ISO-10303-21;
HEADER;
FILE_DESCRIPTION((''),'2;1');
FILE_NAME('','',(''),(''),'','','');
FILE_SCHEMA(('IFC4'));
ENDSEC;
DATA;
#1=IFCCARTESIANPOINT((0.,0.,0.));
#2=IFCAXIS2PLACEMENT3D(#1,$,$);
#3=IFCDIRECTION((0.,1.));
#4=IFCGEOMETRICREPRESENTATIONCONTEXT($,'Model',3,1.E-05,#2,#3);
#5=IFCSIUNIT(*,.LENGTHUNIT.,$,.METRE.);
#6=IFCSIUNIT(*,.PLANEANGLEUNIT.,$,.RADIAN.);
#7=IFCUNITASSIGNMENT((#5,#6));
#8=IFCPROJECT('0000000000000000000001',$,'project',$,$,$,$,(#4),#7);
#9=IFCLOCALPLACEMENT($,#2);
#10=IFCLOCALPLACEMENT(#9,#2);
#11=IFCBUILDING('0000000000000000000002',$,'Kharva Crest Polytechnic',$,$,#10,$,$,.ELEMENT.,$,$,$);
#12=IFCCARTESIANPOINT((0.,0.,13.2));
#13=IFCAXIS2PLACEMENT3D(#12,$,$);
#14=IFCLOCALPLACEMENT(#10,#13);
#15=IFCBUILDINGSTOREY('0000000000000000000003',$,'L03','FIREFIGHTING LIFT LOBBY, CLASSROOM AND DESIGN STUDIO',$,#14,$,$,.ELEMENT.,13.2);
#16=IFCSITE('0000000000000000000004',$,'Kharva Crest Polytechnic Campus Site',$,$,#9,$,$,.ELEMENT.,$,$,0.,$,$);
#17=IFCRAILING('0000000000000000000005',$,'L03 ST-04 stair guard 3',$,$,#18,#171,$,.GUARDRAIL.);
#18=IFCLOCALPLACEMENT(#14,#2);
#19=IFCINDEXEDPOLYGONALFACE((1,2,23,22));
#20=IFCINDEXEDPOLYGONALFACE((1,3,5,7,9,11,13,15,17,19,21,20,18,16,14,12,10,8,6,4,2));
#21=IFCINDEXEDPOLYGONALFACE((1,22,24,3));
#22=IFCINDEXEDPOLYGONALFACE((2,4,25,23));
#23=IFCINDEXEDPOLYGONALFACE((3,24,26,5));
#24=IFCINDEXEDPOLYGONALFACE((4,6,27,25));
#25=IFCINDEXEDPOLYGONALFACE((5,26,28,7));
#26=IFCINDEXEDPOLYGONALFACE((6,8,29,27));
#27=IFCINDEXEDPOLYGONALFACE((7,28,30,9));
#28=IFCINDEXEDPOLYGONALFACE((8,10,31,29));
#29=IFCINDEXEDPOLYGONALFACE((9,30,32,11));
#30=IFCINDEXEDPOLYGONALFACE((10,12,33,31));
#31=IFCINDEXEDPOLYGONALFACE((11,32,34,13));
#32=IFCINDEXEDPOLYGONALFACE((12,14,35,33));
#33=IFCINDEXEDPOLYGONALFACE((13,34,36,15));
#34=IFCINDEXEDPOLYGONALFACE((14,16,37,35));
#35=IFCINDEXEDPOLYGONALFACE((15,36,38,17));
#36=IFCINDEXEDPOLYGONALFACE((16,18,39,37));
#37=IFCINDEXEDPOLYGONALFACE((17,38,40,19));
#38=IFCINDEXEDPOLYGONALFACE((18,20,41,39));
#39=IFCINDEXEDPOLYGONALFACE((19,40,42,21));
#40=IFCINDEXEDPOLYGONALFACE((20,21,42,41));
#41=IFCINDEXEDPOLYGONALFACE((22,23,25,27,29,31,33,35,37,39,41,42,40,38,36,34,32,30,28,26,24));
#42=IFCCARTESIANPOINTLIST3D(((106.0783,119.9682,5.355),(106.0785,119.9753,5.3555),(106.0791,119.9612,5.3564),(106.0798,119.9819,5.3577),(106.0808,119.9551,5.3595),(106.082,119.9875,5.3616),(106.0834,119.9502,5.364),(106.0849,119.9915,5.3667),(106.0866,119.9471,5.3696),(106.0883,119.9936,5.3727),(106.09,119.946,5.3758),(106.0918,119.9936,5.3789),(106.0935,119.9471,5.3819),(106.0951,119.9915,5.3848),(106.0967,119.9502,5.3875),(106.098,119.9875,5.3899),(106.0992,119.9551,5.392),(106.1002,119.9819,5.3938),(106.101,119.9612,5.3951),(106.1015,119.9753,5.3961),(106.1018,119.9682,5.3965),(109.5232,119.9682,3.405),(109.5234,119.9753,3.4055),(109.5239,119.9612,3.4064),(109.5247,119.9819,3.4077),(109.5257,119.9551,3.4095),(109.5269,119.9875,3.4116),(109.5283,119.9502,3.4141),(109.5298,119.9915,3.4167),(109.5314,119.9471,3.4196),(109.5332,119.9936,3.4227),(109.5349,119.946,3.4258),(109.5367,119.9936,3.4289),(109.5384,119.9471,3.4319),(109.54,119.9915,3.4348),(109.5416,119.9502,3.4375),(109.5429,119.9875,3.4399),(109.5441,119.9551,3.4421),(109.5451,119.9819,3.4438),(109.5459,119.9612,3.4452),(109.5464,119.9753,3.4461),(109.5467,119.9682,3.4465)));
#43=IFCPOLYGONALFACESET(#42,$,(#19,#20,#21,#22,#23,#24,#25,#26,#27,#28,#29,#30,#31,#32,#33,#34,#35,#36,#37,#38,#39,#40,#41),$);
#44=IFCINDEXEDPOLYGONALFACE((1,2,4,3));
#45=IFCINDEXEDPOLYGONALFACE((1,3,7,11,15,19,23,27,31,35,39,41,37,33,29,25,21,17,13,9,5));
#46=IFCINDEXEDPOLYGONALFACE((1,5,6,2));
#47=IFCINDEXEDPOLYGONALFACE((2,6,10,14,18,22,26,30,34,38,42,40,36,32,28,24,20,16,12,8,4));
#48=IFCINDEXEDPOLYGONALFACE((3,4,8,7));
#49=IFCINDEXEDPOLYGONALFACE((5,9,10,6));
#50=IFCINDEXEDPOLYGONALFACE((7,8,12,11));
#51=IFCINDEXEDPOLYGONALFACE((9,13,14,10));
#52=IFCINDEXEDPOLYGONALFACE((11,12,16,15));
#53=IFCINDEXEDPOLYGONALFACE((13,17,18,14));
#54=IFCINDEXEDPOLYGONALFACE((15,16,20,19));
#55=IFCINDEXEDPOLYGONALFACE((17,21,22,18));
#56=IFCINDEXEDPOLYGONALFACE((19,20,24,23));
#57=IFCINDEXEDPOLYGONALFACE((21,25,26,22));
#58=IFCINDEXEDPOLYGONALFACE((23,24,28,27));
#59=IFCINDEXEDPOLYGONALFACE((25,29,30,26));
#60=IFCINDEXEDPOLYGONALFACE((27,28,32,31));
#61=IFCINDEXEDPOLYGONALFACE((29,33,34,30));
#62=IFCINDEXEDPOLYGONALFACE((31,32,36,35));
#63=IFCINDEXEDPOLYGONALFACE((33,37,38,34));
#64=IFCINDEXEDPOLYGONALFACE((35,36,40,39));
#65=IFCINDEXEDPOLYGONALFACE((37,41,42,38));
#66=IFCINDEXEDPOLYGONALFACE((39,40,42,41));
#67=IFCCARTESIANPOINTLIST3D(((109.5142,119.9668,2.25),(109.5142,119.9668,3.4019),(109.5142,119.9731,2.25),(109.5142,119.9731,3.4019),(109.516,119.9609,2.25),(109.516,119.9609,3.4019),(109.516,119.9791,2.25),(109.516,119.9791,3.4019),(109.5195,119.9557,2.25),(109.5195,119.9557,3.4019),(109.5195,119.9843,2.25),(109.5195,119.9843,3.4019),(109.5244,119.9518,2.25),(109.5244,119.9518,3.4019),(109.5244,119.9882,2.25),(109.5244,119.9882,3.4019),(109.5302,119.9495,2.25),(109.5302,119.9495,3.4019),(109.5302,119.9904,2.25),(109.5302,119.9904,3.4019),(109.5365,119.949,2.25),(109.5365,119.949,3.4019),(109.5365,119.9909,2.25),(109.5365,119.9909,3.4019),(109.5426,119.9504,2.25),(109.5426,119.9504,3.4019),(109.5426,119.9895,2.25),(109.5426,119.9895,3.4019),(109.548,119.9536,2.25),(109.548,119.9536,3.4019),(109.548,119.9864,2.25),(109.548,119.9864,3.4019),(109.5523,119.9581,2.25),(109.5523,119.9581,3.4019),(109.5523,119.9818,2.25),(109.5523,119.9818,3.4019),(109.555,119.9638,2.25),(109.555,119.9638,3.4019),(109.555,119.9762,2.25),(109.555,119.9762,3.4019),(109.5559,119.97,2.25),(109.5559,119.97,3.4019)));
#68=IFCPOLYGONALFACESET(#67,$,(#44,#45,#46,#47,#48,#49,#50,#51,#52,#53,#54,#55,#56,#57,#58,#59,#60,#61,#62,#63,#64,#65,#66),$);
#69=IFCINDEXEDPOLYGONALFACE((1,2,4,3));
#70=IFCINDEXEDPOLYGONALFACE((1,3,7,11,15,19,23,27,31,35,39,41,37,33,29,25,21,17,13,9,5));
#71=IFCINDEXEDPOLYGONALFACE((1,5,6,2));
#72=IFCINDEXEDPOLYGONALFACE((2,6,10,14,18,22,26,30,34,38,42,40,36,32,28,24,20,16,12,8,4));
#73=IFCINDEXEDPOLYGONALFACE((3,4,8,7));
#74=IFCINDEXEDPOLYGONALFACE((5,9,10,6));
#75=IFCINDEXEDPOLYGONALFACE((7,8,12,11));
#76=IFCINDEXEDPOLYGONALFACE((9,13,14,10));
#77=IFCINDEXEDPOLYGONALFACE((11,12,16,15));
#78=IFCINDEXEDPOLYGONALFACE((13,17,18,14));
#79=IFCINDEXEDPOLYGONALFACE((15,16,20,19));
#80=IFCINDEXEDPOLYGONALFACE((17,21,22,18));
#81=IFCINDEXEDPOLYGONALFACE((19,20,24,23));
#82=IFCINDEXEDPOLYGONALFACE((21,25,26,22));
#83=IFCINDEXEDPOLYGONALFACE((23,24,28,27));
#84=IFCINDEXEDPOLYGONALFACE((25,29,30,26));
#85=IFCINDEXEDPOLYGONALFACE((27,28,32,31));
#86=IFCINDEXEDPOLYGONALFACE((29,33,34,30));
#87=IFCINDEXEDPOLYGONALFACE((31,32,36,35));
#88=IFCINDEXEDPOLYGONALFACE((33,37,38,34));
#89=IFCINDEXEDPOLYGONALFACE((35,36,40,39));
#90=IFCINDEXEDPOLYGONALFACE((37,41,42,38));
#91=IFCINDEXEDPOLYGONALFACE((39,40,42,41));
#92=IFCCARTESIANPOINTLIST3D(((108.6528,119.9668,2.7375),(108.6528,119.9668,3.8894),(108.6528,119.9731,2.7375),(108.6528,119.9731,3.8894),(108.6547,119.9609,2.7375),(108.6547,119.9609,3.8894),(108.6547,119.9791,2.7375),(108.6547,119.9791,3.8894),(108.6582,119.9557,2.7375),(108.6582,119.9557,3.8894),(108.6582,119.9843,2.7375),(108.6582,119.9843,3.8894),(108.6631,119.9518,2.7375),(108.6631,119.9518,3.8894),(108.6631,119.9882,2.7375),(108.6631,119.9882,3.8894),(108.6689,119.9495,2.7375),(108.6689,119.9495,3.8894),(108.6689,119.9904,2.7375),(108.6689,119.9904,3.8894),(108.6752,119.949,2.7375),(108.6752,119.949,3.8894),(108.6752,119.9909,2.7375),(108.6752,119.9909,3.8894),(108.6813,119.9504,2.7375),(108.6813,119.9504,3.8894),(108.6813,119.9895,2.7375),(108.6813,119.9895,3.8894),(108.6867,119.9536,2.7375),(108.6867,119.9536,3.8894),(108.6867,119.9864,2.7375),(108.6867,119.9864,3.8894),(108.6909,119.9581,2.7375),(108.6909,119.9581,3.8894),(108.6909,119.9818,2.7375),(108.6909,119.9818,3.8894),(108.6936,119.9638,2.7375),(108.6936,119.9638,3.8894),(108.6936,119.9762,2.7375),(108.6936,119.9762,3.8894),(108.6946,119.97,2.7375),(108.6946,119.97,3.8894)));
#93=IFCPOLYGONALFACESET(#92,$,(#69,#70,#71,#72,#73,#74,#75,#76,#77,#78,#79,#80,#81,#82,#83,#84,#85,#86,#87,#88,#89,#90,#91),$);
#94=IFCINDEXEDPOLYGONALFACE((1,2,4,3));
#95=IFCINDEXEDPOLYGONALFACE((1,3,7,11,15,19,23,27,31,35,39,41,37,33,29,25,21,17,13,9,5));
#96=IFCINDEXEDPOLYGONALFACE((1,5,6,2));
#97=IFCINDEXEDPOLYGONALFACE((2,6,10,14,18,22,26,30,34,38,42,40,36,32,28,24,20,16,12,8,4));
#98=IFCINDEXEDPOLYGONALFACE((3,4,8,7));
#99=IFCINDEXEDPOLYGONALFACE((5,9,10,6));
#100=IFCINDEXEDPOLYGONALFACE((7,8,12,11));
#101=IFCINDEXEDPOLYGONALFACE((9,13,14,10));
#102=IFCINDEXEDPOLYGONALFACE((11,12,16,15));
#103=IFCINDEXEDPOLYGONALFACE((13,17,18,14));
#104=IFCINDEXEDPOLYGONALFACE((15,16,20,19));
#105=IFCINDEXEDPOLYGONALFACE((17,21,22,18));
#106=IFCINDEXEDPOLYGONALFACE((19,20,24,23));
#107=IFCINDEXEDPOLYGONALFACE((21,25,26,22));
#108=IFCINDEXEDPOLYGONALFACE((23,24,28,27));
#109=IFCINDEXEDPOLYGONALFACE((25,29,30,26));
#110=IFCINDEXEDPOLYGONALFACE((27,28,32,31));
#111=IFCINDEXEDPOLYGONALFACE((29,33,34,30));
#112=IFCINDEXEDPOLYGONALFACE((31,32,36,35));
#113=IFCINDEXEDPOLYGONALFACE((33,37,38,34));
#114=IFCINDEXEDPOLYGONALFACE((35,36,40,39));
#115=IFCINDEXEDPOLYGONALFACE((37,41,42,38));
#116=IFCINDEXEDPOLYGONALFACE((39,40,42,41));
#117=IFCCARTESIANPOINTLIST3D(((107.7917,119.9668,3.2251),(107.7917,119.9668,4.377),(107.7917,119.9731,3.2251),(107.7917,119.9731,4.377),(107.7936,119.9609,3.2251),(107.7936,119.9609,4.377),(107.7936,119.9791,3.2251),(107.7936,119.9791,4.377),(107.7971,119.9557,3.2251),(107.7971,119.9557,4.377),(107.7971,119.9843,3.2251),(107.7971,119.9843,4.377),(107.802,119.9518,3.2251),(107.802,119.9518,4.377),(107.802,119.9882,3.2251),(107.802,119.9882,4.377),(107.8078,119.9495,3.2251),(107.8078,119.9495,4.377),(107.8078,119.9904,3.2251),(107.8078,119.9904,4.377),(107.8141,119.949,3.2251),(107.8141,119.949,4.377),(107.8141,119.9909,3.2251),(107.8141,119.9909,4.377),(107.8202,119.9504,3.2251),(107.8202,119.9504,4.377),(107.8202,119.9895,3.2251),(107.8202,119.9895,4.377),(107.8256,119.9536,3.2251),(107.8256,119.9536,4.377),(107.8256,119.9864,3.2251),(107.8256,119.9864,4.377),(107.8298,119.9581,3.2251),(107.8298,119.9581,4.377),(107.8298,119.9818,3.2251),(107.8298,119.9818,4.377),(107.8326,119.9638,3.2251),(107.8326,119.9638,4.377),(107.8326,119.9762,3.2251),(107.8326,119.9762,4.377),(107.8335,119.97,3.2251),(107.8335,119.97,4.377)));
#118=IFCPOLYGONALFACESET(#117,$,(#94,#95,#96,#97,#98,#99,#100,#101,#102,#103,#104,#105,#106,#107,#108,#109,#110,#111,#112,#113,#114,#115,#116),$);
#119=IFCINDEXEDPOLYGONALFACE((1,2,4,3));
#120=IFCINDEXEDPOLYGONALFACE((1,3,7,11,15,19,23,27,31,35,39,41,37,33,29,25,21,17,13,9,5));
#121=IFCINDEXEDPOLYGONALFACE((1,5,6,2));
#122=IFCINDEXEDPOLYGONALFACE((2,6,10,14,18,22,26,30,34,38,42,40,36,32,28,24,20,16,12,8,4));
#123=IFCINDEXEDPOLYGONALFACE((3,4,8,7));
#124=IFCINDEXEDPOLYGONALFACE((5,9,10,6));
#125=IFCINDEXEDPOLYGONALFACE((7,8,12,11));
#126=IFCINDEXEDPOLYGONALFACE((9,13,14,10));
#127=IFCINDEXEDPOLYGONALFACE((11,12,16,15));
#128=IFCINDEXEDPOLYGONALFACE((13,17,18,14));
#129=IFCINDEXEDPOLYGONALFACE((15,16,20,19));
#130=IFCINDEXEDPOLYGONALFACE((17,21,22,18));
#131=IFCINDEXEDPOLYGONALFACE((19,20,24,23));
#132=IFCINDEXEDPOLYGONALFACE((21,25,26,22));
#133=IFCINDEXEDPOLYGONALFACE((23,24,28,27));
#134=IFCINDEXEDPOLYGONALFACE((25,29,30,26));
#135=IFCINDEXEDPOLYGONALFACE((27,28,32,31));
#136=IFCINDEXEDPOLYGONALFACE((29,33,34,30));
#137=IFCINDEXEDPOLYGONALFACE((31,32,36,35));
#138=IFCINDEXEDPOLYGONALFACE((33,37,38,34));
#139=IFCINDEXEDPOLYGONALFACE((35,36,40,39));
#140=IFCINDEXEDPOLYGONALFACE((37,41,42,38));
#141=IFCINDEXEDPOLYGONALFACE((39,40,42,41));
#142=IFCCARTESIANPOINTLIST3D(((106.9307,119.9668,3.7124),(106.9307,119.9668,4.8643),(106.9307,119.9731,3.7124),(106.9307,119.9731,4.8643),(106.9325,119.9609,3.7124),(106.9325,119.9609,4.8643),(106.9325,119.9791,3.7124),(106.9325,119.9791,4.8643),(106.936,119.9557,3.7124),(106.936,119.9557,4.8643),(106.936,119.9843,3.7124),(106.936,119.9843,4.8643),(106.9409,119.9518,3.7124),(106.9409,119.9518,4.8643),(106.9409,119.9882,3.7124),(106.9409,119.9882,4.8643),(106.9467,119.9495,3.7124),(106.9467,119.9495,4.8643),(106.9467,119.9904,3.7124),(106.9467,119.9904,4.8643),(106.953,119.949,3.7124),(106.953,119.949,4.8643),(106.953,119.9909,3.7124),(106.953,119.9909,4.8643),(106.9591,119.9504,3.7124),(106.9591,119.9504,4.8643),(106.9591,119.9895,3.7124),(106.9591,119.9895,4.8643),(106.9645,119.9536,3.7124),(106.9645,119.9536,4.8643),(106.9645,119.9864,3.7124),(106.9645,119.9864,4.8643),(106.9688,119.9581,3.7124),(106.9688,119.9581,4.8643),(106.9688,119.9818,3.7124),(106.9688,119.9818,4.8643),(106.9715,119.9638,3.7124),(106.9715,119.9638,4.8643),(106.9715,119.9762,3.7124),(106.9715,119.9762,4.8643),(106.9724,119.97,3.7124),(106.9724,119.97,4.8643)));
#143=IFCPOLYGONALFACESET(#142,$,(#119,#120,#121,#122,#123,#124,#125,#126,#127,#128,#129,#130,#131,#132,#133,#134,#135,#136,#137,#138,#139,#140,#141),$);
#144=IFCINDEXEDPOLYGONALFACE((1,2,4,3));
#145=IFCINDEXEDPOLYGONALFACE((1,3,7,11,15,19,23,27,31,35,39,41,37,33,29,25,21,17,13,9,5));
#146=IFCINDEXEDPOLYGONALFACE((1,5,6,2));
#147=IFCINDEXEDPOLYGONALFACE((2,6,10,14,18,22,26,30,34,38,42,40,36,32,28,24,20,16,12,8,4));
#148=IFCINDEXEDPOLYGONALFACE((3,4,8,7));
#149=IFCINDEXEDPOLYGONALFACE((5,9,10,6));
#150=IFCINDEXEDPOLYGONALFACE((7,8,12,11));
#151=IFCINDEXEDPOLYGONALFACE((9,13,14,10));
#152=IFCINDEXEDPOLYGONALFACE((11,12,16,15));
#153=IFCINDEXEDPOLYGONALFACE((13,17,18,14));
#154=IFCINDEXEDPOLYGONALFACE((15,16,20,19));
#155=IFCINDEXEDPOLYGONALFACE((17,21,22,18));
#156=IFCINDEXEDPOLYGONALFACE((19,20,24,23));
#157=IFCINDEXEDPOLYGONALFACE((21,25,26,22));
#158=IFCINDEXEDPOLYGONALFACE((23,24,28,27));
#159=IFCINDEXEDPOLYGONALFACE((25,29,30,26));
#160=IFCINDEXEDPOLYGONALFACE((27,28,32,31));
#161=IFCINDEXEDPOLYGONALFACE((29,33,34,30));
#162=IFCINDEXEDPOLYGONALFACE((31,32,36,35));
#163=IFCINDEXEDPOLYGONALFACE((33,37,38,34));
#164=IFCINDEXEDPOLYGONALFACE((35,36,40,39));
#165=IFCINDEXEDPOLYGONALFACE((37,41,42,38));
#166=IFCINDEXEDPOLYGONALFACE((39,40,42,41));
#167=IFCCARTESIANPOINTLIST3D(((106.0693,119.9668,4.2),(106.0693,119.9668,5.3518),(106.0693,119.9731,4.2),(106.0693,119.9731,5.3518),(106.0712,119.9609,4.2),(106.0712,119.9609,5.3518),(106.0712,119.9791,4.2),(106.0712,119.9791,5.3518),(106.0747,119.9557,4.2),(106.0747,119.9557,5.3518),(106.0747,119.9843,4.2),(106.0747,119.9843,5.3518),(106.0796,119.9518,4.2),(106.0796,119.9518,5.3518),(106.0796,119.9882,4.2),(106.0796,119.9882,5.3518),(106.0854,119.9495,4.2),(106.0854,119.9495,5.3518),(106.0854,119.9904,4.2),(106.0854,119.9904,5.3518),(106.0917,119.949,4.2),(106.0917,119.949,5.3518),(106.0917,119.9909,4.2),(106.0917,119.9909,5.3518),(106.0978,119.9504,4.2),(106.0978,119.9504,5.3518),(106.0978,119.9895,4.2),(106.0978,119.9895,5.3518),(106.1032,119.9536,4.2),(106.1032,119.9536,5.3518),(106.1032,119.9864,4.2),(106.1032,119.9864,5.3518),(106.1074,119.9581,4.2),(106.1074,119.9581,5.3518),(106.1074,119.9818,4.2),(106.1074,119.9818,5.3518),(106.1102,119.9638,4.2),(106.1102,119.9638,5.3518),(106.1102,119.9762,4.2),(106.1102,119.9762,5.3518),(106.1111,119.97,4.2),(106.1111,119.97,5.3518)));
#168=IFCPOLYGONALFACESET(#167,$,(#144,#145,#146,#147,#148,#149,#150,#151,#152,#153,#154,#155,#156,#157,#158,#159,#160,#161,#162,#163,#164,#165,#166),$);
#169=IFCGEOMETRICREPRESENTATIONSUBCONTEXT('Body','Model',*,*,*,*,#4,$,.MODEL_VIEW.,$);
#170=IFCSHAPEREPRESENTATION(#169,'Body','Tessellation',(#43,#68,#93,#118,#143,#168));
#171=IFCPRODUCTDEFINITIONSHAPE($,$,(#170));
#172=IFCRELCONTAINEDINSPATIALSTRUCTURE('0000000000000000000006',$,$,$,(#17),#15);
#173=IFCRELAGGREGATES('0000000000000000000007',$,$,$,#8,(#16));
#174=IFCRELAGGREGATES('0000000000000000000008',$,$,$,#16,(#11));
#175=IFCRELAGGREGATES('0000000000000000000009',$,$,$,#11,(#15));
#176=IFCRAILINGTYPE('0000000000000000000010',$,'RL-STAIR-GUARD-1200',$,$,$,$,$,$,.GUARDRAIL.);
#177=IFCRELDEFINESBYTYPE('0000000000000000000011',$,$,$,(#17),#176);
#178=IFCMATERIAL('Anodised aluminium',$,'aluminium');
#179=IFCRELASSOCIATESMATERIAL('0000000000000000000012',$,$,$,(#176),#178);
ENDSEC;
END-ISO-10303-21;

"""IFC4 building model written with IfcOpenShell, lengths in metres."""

from ifc_helpers import new_model, si_unit, direction, frame, origin, origin_2d, place, context, subcontext, project, spatial, circle, extrude, material, type_object, element, save


model = new_model("IFC4")

# Units and contexts
model_context = context("Model", 3, precision=1e-05, world=origin(), true_north=direction((0.0, 1.0)))
body_context = subcontext(model_context, "Body", "Model", "MODEL_VIEW")
ifc_project = project(units=[si_unit("LENGTHUNIT", "METRE"), si_unit("PLANEANGLEUNIT", "RADIAN")], contexts=[model_context])

# Site, building, storey
site_placement = place(None, origin())
site = spatial("IfcSite", under=ifc_project, at=site_placement, Name="Kharva Crest Polytechnic Campus Site", CompositionType="ELEMENT", RefElevation=0.0)
building_placement = place(site_placement, origin())
building = spatial("IfcBuilding", under=site, at=building_placement, Name="Kharva Crest Polytechnic", CompositionType="ELEMENT")
storey_placement = place(building_placement, frame((0.0, 0.0, 13.2)))
storey = spatial("IfcBuildingStorey", under=building, at=storey_placement, Name="L03", Description="FIREFIGHTING LIFT LOBBY, CLASSROOM AND DESIGN STUDIO", CompositionType="ELEMENT", Elevation=13.2)

# Shared definitions
ifc_material_1 = material(Name="Anodised aluminium", Category="aluminium")

# Railing
railing_type_1 = type_object("IfcRailingType", Name="RL-STAIR-GUARD-1200", PredefinedType="GUARDRAIL", material=ifc_material_1)
railing_1_placement = place(storey_placement, frame((109.5349, 119.97, 2.25)))
element("IfcRailing", 1, at=railing_1_placement, inside=storey, type_object=railing_type_1, Name="L03 ST-04 stair guard 3", PredefinedType="GUARDRAIL", context=body_context, shape_type="SweptSolid", body=[
    extrude(circle(Radius=0.0239, at=origin_2d()), frame((0.0, 0.0, 1.1758), z_axis=(-0.870251, 0.0, 0.492608), x_axis=(0.0, -1.0, 0.0)), (0.0, 0.0, 1.0), 3.9585),
    extrude(circle(Radius=0.021, at=origin_2d()), origin(), (0.0, 0.0, 1.0), 1.1519),
    extrude(circle(Radius=0.021, at=origin_2d()), frame((-0.8613, 0.0, 0.4875)), (0.0, 0.0, 1.0), 1.1519),
    extrude(circle(Radius=0.021, at=origin_2d()), frame((-1.7224, 0.0, 0.9751)), (0.0, 0.0, 1.0), 1.1519),
    extrude(circle(Radius=0.021, at=origin_2d()), frame((-2.5835, 0.0, 1.4624)), (0.0, 0.0, 1.0), 1.1519),
    extrude(circle(Radius=0.021, at=origin_2d()), frame((-3.4448, 0.0, 1.95)), (0.0, 0.0, 1.0), 1.1519),
])

save(model, "model.ifc")
